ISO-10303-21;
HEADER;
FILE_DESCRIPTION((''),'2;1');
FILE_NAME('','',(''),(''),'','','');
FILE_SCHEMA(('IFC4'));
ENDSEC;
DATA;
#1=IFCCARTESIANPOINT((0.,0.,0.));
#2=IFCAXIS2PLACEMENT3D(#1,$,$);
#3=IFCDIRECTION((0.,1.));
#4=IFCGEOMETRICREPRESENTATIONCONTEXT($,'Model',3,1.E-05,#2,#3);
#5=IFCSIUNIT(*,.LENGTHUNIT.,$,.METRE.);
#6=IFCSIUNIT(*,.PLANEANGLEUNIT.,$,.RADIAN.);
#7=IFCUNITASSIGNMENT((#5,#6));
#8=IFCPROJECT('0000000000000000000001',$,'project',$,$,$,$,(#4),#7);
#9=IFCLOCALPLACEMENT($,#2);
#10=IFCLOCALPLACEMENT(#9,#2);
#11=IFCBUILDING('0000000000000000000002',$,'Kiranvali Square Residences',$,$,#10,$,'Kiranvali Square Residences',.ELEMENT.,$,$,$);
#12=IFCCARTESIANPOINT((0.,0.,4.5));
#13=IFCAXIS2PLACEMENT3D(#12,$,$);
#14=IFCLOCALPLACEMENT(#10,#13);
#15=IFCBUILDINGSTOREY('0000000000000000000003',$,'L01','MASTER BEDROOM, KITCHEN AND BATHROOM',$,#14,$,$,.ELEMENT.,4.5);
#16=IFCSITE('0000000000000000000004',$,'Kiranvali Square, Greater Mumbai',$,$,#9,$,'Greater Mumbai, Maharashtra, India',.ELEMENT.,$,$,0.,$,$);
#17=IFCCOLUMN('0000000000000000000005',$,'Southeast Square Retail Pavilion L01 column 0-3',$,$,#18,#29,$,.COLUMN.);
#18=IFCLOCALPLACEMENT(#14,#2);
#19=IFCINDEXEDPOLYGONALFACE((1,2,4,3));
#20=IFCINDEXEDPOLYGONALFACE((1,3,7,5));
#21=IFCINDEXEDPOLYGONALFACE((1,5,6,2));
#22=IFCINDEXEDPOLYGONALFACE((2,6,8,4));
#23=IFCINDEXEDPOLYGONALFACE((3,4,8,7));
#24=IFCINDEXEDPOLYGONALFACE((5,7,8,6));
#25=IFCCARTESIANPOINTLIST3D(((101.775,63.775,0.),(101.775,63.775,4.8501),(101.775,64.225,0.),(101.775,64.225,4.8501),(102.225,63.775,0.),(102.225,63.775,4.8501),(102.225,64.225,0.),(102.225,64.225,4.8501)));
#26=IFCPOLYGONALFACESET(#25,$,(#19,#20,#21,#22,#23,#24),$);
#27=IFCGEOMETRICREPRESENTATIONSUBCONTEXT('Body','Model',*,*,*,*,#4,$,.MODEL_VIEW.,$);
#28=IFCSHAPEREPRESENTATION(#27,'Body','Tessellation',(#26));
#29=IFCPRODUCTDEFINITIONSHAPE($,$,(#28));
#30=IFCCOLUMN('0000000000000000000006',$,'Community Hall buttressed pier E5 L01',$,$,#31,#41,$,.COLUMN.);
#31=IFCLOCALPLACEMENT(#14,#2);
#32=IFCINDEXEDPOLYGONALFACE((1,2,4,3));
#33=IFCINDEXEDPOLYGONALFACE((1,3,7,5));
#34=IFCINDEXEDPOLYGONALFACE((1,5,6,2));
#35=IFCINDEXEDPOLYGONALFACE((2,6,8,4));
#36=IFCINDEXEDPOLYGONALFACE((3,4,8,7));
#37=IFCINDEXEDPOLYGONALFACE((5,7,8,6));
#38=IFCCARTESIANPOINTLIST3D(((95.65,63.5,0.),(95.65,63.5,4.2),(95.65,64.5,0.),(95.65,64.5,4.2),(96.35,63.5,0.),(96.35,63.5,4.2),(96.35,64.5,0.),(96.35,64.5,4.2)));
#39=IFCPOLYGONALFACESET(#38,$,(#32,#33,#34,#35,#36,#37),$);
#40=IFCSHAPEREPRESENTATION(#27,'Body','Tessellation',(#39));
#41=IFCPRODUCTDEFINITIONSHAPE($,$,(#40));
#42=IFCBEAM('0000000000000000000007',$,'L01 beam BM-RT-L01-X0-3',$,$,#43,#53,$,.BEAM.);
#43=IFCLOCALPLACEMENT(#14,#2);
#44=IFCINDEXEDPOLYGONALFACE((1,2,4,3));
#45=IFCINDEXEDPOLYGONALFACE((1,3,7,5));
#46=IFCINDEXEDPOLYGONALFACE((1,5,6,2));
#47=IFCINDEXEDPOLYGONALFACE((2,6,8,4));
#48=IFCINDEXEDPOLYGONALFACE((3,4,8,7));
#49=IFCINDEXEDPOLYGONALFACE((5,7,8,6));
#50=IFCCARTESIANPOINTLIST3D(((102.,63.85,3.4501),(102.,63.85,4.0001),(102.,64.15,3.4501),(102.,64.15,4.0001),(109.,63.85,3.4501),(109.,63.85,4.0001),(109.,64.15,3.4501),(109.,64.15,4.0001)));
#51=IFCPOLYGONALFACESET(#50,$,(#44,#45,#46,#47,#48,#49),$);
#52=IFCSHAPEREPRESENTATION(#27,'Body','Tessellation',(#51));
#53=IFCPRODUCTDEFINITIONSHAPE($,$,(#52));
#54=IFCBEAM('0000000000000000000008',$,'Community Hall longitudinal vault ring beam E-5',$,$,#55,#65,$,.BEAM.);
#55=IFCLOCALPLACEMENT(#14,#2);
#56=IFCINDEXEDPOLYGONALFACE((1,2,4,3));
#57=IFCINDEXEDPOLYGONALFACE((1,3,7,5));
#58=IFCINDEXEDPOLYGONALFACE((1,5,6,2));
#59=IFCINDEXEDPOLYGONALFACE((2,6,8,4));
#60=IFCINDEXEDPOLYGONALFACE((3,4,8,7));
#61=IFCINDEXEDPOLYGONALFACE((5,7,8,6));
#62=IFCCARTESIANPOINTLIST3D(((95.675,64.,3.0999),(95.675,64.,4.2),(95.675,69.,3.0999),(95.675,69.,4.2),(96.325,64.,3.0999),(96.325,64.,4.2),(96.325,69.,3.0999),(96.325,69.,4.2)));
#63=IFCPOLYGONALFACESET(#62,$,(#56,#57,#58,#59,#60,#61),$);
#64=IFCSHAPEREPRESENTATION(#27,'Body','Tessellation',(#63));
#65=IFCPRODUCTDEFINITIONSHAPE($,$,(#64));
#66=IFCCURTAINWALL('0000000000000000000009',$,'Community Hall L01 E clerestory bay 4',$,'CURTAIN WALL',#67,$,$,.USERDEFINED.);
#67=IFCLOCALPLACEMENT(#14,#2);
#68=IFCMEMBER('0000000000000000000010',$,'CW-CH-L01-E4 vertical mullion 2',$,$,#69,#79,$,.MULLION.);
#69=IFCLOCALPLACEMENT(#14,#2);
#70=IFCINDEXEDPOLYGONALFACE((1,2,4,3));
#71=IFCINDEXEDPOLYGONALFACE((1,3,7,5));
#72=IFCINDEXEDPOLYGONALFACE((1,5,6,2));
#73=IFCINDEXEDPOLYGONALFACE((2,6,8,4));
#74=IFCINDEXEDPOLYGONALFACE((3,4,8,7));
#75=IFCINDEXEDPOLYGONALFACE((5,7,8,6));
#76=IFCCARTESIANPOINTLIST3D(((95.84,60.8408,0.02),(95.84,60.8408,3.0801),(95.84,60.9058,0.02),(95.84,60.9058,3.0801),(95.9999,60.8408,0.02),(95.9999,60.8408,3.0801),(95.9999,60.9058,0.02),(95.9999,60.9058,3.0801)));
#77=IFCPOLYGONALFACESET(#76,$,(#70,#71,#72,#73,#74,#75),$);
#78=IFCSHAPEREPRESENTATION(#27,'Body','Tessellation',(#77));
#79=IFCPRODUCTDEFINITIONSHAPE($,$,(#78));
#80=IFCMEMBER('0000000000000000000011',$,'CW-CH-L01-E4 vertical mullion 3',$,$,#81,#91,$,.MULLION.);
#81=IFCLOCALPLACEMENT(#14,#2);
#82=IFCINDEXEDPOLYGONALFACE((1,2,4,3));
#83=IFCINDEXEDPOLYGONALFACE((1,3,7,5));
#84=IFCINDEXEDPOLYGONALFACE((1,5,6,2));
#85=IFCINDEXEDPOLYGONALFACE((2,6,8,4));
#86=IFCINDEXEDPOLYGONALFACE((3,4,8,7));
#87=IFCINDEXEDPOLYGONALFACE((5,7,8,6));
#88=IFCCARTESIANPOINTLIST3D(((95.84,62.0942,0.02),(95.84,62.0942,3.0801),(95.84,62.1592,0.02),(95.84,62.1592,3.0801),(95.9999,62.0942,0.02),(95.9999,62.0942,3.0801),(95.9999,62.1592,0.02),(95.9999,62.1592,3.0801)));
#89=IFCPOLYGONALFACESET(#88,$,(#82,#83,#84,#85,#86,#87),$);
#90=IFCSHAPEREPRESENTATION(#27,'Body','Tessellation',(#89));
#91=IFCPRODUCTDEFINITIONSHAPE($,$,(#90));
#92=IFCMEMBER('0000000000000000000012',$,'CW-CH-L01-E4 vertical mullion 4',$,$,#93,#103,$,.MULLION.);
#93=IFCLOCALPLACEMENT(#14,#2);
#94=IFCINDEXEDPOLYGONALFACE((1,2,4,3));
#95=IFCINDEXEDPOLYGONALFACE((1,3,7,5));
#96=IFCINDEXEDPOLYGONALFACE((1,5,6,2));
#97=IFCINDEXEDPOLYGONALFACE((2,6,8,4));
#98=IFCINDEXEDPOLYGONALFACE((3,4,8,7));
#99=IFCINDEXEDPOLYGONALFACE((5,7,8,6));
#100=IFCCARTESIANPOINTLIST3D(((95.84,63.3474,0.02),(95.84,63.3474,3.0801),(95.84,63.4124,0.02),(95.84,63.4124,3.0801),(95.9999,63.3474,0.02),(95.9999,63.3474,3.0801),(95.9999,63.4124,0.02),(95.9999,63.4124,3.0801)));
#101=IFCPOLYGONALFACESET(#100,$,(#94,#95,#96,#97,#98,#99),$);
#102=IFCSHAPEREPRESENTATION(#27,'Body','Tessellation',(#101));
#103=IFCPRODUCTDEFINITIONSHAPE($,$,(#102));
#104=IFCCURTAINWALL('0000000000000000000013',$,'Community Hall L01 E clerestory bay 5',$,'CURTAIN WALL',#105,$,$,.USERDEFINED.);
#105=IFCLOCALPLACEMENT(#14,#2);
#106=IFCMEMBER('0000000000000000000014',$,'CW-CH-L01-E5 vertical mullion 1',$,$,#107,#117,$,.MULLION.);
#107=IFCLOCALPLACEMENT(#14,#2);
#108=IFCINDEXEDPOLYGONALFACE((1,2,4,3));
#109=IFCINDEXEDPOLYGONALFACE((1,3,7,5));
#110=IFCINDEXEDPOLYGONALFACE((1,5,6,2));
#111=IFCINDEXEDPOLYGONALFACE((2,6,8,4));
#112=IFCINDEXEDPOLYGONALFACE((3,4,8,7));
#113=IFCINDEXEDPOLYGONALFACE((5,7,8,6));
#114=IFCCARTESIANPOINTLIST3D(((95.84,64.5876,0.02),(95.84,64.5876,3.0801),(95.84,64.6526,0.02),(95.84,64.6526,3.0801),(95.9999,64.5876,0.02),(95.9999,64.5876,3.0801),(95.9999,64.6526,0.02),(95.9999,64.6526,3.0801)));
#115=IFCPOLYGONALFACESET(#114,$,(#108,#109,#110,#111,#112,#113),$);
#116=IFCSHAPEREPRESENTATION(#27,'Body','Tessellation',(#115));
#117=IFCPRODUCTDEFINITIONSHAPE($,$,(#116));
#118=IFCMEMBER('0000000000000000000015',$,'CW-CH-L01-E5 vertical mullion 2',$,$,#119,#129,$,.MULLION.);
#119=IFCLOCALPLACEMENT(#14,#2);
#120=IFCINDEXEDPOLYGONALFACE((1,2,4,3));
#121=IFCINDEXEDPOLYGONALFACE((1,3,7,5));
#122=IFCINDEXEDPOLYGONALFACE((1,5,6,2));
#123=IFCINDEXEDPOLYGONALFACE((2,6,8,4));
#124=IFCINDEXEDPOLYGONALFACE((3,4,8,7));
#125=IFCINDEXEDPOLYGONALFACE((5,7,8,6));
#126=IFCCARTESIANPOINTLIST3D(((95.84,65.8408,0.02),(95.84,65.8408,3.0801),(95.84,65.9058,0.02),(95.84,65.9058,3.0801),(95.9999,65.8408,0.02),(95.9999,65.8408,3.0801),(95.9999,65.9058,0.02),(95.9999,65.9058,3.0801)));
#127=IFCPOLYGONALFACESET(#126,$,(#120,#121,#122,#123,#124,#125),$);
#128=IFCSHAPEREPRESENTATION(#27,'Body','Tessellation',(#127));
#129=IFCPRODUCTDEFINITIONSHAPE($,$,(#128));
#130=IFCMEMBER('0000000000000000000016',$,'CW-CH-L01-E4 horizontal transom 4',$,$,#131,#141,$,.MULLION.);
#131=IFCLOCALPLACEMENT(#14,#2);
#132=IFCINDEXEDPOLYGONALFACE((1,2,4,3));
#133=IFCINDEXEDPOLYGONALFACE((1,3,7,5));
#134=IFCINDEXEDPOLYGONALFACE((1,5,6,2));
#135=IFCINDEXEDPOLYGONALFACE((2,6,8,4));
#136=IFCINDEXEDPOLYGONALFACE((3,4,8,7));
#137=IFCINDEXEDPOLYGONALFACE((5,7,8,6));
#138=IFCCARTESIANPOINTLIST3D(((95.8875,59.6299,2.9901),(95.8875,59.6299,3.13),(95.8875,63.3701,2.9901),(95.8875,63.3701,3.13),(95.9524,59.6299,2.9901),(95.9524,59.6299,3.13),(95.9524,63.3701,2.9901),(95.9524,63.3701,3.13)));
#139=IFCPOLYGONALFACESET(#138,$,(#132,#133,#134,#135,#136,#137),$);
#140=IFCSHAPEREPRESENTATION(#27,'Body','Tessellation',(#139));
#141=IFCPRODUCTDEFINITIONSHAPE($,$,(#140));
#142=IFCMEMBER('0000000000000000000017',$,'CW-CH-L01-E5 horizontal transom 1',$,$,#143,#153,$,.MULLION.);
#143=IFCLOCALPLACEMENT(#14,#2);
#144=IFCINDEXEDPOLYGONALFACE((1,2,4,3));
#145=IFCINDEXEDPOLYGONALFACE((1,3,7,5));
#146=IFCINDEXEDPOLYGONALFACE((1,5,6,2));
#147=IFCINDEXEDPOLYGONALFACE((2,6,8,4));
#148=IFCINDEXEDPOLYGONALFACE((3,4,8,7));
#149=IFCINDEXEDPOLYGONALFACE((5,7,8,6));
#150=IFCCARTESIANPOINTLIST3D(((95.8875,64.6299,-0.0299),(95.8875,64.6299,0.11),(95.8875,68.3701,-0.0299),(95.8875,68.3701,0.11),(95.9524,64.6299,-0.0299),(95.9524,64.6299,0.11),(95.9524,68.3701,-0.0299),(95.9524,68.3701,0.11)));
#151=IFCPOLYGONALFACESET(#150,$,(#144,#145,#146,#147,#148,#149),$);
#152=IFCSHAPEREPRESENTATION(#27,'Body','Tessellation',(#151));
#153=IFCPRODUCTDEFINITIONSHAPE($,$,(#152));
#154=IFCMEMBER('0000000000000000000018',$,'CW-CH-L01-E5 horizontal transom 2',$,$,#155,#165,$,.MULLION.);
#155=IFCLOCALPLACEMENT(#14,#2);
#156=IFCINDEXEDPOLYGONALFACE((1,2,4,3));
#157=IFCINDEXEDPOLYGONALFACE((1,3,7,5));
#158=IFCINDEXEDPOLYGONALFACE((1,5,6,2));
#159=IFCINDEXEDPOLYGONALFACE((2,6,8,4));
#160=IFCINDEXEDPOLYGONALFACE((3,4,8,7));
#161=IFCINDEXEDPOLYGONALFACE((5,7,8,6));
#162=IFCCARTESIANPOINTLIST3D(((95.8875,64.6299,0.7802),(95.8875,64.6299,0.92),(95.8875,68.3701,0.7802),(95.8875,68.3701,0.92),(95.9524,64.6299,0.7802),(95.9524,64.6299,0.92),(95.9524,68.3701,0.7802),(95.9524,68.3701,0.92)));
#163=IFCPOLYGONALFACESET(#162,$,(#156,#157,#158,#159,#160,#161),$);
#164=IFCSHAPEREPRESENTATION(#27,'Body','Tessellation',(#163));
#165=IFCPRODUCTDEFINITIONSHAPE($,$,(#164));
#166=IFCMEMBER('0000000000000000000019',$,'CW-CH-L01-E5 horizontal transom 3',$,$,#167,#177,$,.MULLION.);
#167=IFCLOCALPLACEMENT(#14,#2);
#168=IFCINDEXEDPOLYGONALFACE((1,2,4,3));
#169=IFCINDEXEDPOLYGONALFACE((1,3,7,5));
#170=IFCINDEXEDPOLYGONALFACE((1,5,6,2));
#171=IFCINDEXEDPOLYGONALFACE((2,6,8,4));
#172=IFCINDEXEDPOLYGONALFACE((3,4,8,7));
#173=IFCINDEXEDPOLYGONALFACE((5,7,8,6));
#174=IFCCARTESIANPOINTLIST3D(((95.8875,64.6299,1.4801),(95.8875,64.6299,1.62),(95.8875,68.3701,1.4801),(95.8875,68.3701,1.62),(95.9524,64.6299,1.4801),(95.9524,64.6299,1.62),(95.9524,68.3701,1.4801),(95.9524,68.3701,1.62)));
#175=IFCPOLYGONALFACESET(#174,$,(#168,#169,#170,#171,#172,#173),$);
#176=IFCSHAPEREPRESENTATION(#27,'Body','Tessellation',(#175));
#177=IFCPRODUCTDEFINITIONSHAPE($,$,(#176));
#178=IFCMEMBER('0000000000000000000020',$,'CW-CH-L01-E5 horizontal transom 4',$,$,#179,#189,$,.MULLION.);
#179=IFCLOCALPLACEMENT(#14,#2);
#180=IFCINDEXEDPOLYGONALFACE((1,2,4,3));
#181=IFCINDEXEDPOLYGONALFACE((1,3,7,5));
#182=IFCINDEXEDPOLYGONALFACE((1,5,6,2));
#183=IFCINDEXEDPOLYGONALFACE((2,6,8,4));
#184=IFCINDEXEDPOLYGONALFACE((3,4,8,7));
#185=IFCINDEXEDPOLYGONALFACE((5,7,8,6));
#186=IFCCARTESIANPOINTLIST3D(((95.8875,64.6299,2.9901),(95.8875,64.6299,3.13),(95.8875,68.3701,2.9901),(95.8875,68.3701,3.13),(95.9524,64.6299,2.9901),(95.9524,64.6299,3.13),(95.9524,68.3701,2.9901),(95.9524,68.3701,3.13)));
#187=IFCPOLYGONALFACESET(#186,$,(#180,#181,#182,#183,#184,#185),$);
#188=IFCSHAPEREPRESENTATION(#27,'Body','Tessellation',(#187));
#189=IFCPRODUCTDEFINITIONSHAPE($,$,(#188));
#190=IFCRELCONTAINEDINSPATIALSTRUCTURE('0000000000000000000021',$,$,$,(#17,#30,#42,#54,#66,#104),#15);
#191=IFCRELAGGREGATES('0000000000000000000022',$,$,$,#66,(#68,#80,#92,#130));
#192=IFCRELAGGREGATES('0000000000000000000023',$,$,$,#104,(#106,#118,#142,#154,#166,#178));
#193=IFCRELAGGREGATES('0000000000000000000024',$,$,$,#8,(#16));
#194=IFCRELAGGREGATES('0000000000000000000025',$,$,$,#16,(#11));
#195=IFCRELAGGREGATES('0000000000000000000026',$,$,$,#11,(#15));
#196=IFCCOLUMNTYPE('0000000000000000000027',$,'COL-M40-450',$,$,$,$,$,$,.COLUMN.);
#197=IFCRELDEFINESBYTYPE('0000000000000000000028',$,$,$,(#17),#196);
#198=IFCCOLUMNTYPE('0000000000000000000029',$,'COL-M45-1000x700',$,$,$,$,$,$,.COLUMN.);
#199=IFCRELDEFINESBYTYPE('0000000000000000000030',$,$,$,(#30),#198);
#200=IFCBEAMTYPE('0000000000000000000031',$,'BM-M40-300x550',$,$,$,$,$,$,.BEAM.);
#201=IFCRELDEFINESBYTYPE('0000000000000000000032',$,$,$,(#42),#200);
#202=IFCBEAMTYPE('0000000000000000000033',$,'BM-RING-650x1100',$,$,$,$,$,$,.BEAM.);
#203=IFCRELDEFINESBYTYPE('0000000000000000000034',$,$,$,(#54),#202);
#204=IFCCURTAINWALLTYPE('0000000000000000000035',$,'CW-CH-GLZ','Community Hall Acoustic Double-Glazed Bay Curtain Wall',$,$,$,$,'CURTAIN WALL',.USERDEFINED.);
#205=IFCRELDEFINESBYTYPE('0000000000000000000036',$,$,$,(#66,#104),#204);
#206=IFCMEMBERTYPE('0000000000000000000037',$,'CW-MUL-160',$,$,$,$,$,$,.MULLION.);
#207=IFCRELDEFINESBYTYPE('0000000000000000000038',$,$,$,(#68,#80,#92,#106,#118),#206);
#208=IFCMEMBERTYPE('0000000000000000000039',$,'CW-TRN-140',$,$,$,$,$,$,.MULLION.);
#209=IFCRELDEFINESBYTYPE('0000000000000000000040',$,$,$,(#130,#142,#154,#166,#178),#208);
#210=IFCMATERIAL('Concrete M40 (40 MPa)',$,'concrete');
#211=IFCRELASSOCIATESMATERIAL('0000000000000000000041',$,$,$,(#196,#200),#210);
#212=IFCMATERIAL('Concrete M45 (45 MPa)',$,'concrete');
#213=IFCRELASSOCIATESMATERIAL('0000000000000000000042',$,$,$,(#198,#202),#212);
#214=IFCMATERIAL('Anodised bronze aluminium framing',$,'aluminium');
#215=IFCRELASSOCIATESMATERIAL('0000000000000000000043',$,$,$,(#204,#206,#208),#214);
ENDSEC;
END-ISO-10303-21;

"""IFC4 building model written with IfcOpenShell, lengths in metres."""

from ifc_helpers import new_model, si_unit, direction, frame, origin, origin_2d, place, context, subcontext, project, spatial, rectangle, extrude, material, material_profile, profile_set, type_object, element, aggregate, save


model = new_model("IFC4")

# Units and contexts
model_context = context("Model", 3, precision=1e-05, world=origin(), true_north=direction((0.0, 1.0)))
body_context = subcontext(model_context, "Body", "Model", "MODEL_VIEW")
ifc_project = project(units=[si_unit("LENGTHUNIT", "METRE"), si_unit("PLANEANGLEUNIT", "RADIAN")], contexts=[model_context])

# Site, building, storey
site_placement = place(None, origin())
site = spatial("IfcSite", under=ifc_project, at=site_placement, Name="Kiranvali Square, Greater Mumbai", LongName="Greater Mumbai, Maharashtra, India", CompositionType="ELEMENT", RefElevation=0.0)
building_placement = place(site_placement, origin())
building = spatial("IfcBuilding", under=site, at=building_placement, Name="Kiranvali Square Residences", LongName="Kiranvali Square Residences", CompositionType="ELEMENT")
storey_placement = place(building_placement, frame((0.0, 0.0, 4.5)))
storey = spatial("IfcBuildingStorey", under=building, at=storey_placement, Name="L01", Description="MASTER BEDROOM, KITCHEN AND BATHROOM", CompositionType="ELEMENT", Elevation=4.5)

# Columns
ifc_material_1 = material(Name="Concrete M40 (40 MPa)", Category="concrete")
ifc_material_profile_1 = material_profile(ifc_material_1, rectangle(XDim=0.45, YDim=0.45, at=origin_2d()), Name="RC 450x450")
ifc_profile_set_1 = profile_set([ifc_material_profile_1], Name="Concrete M40 (40 MPa)")
column_type_1 = type_object("IfcColumnType", Name="COL-M40-450", PredefinedType="COLUMN", material=ifc_profile_set_1)
column_1_placement = place(storey_placement, frame((102.0, 64.0, 0.0), z_axis=(0.0, 0.0, 1.0), x_axis=(1.0, 0.0, 0.0)))
element("IfcColumn", 1, at=column_1_placement, inside=storey, type_object=column_type_1, Name="Southeast Square Retail Pavilion L01 column 0-3", PredefinedType="COLUMN", context=body_context, shape_type="SweptSolid", body=[
    extrude(rectangle(XDim=0.45, YDim=0.45, at=origin_2d()), origin(), (0.0, 0.0, 1.0), 4.8501),
])
ifc_material_2 = material(Name="Concrete M45 (45 MPa)", Category="concrete")
ifc_material_profile_2 = material_profile(ifc_material_2, rectangle(XDim=0.7, YDim=1.0, at=origin_2d()), Name="RC 1000x700")
ifc_profile_set_2 = profile_set([ifc_material_profile_2], Name="Concrete M45 (45 MPa)")
column_type_2 = type_object("IfcColumnType", Name="COL-M45-1000x700", PredefinedType="COLUMN", material=ifc_profile_set_2)
column_2_placement = place(storey_placement, frame((96.0, 64.0, 0.0), z_axis=(0.0, 0.0, 1.0), x_axis=(1.0, 0.0, 0.0)))
element("IfcColumn", 2, at=column_2_placement, inside=storey, type_object=column_type_2, Name="Community Hall buttressed pier E5 L01", PredefinedType="COLUMN", context=body_context, shape_type="SweptSolid", body=[
    extrude(rectangle(XDim=0.7, YDim=1.0, at=origin_2d()), origin(), (0.0, 0.0, 1.0), 4.2),
])

# Beams
ifc_material_profile_3 = material_profile(ifc_material_1, rectangle(XDim=0.3, YDim=0.55, at=origin_2d()), Name="RC 300x550")
ifc_profile_set_3 = profile_set([ifc_material_profile_3], Name="Concrete M40 (40 MPa)")
beam_type_1 = type_object("IfcBeamType", Name="BM-M40-300x550", PredefinedType="BEAM", material=ifc_profile_set_3)
beam_1_placement = place(storey_placement, frame((102.0, 64.0, 3.7251), z_axis=(1.0, 0.0, 0.0), x_axis=(0.0, 1.0, 0.0)))
element("IfcBeam", 3, at=beam_1_placement, inside=storey, type_object=beam_type_1, Name="L01 beam BM-RT-L01-X0-3", PredefinedType="BEAM", context=body_context, shape_type="SweptSolid", body=[
    extrude(rectangle(XDim=0.3, YDim=0.55, at=origin_2d()), origin(), (0.0, 0.0, 1.0), 7.0),
])
ifc_material_profile_4 = material_profile(ifc_material_2, rectangle(XDim=0.6499, YDim=1.1001, at=origin_2d()), Name="RC 650x1100")
ifc_profile_set_4 = profile_set([ifc_material_profile_4], Name="Concrete M45 (45 MPa)")
beam_type_2 = type_object("IfcBeamType", Name="BM-RING-650x1100", PredefinedType="BEAM", material=ifc_profile_set_4)
beam_2_placement = place(storey_placement, frame((96.0, 64.0, 3.6499), z_axis=(0.0, 1.0, 0.0), x_axis=(-1.0, 0.0, 0.0)))
element("IfcBeam", 4, at=beam_2_placement, inside=storey, type_object=beam_type_2, Name="Community Hall longitudinal vault ring beam E-5", PredefinedType="BEAM", context=body_context, shape_type="SweptSolid", body=[
    extrude(rectangle(XDim=0.6499, YDim=1.1001, at=origin_2d()), origin(), (0.0, 0.0, 1.0), 5.0),
])

# Curtain walls, members
ifc_material_3 = material(Name="Anodised bronze aluminium framing", Category="aluminium")
curtain_wall_type = type_object("IfcCurtainWallType", Name="CW-CH-GLZ", Description="Community Hall Acoustic Double-Glazed Bay Curtain Wall", ElementType="CURTAIN WALL", PredefinedType="USERDEFINED", material=ifc_material_3)
curtain_wall_1_placement = place(storey_placement, origin())
curtain_wall_1 = element("IfcCurtainWall", 5, at=curtain_wall_1_placement, inside=storey, type_object=curtain_wall_type, Name="Community Hall L01 E clerestory bay 4", ObjectType="CURTAIN WALL", PredefinedType="USERDEFINED")
ifc_material_profile_5 = material_profile(ifc_material_3, rectangle(XDim=0.0649, YDim=0.1599, at=origin_2d()), Name="ALU 65x160")
ifc_profile_set_5 = profile_set([ifc_material_profile_5], Name="Anodised bronze aluminium framing")
member_type_1 = type_object("IfcMemberType", Name="CW-MUL-160", PredefinedType="MULLION", material=ifc_profile_set_5)
member_1_placement = place(storey_placement, frame((95.9199, 60.8733, 0.02), z_axis=(0.0, 0.0, 1.0), x_axis=(0.0, 1.0, 0.0)))
member_1 = element("IfcMember", 6, at=member_1_placement, type_object=member_type_1, Name="CW-CH-L01-E4 vertical mullion 2", PredefinedType="MULLION", context=body_context, shape_type="SweptSolid", body=[
    extrude(rectangle(XDim=0.0649, YDim=0.1599, at=origin_2d()), origin(), (0.0, 0.0, 1.0), 3.0601),
])
member_2_placement = place(storey_placement, frame((95.9199, 62.1267, 0.02), z_axis=(0.0, 0.0, 1.0), x_axis=(0.0, 1.0, 0.0)))
member_2 = element("IfcMember", 7, at=member_2_placement, type_object=member_type_1, Name="CW-CH-L01-E4 vertical mullion 3", PredefinedType="MULLION", context=body_context, shape_type="SweptSolid", body=[
    extrude(rectangle(XDim=0.0649, YDim=0.1599, at=origin_2d()), origin(), (0.0, 0.0, 1.0), 3.0601),
])
member_3_placement = place(storey_placement, frame((95.9199, 63.3799, 0.02), z_axis=(0.0, 0.0, 1.0), x_axis=(0.0, 1.0, 0.0)))
member_3 = element("IfcMember", 8, at=member_3_placement, type_object=member_type_1, Name="CW-CH-L01-E4 vertical mullion 4", PredefinedType="MULLION", context=body_context, shape_type="SweptSolid", body=[
    extrude(rectangle(XDim=0.0649, YDim=0.1599, at=origin_2d()), origin(), (0.0, 0.0, 1.0), 3.0601),
])
curtain_wall_2_placement = place(storey_placement, origin())
curtain_wall_2 = element("IfcCurtainWall", 9, at=curtain_wall_2_placement, inside=storey, type_object=curtain_wall_type, Name="Community Hall L01 E clerestory bay 5", ObjectType="CURTAIN WALL", PredefinedType="USERDEFINED")
member_4_placement = place(storey_placement, frame((95.9199, 64.6201, 0.02), z_axis=(0.0, 0.0, 1.0), x_axis=(0.0, 1.0, 0.0)))
member_4 = element("IfcMember", 10, at=member_4_placement, type_object=member_type_1, Name="CW-CH-L01-E5 vertical mullion 1", PredefinedType="MULLION", context=body_context, shape_type="SweptSolid", body=[
    extrude(rectangle(XDim=0.0649, YDim=0.1599, at=origin_2d()), origin(), (0.0, 0.0, 1.0), 3.0601),
])
member_5_placement = place(storey_placement, frame((95.9199, 65.8733, 0.02), z_axis=(0.0, 0.0, 1.0), x_axis=(0.0, 1.0, 0.0)))
member_5 = element("IfcMember", 11, at=member_5_placement, type_object=member_type_1, Name="CW-CH-L01-E5 vertical mullion 2", PredefinedType="MULLION", context=body_context, shape_type="SweptSolid", body=[
    extrude(rectangle(XDim=0.0649, YDim=0.1599, at=origin_2d()), origin(), (0.0, 0.0, 1.0), 3.0601),
])

# Members
ifc_material_profile_6 = material_profile(ifc_material_3, rectangle(XDim=0.0649, YDim=0.1399, at=origin_2d()), Name="ALU 65x140")
ifc_profile_set_6 = profile_set([ifc_material_profile_6], Name="Anodised bronze aluminium framing")
member_type_2 = type_object("IfcMemberType", Name="CW-TRN-140", PredefinedType="MULLION", material=ifc_profile_set_6)
member_6_placement = place(storey_placement, frame((95.9199, 59.6299, 3.0601), z_axis=(0.0, 1.0, 0.0), x_axis=(-1.0, 0.0, 0.0)))
member_6 = element("IfcMember", 12, at=member_6_placement, type_object=member_type_2, Name="CW-CH-L01-E4 horizontal transom 4", PredefinedType="MULLION", context=body_context, shape_type="SweptSolid", body=[
    extrude(rectangle(XDim=0.0649, YDim=0.1399, at=origin_2d()), origin(), (0.0, 0.0, 1.0), 3.7402),
])
member_7_placement = place(storey_placement, frame((95.9199, 64.6299, 0.04), z_axis=(0.0, 1.0, 0.0), x_axis=(-1.0, 0.0, 0.0)))
member_7 = element("IfcMember", 13, at=member_7_placement, type_object=member_type_2, Name="CW-CH-L01-E5 horizontal transom 1", PredefinedType="MULLION", context=body_context, shape_type="SweptSolid", body=[
    extrude(rectangle(XDim=0.0649, YDim=0.1399, at=origin_2d()), origin(), (0.0, 0.0, 1.0), 3.7402),
])
member_8_placement = place(storey_placement, frame((95.9199, 64.6299, 0.8501), z_axis=(0.0, 1.0, 0.0), x_axis=(-1.0, 0.0, 0.0)))
member_8 = element("IfcMember", 14, at=member_8_placement, type_object=member_type_2, Name="CW-CH-L01-E5 horizontal transom 2", PredefinedType="MULLION", context=body_context, shape_type="SweptSolid", body=[
    extrude(rectangle(XDim=0.0649, YDim=0.1399, at=origin_2d()), origin(), (0.0, 0.0, 1.0), 3.7402),
])
member_9_placement = place(storey_placement, frame((95.9199, 64.6299, 1.55), z_axis=(0.0, 1.0, 0.0), x_axis=(-1.0, 0.0, 0.0)))
member_9 = element("IfcMember", 15, at=member_9_placement, type_object=member_type_2, Name="CW-CH-L01-E5 horizontal transom 3", PredefinedType="MULLION", context=body_context, shape_type="SweptSolid", body=[
    extrude(rectangle(XDim=0.0649, YDim=0.1399, at=origin_2d()), origin(), (0.0, 0.0, 1.0), 3.7402),
])
member_10_placement = place(storey_placement, frame((95.9199, 64.6299, 3.0601), z_axis=(0.0, 1.0, 0.0), x_axis=(-1.0, 0.0, 0.0)))
member_10 = element("IfcMember", 16, at=member_10_placement, type_object=member_type_2, Name="CW-CH-L01-E5 horizontal transom 4", PredefinedType="MULLION", context=body_context, shape_type="SweptSolid", body=[
    extrude(rectangle(XDim=0.0649, YDim=0.1399, at=origin_2d()), origin(), (0.0, 0.0, 1.0), 3.7402),
])

aggregate(curtain_wall_1, [member_1, member_2, member_3, member_6])
aggregate(curtain_wall_2, [member_4, member_5, member_7, member_8, member_9, member_10])

save(model, "model.ifc")
